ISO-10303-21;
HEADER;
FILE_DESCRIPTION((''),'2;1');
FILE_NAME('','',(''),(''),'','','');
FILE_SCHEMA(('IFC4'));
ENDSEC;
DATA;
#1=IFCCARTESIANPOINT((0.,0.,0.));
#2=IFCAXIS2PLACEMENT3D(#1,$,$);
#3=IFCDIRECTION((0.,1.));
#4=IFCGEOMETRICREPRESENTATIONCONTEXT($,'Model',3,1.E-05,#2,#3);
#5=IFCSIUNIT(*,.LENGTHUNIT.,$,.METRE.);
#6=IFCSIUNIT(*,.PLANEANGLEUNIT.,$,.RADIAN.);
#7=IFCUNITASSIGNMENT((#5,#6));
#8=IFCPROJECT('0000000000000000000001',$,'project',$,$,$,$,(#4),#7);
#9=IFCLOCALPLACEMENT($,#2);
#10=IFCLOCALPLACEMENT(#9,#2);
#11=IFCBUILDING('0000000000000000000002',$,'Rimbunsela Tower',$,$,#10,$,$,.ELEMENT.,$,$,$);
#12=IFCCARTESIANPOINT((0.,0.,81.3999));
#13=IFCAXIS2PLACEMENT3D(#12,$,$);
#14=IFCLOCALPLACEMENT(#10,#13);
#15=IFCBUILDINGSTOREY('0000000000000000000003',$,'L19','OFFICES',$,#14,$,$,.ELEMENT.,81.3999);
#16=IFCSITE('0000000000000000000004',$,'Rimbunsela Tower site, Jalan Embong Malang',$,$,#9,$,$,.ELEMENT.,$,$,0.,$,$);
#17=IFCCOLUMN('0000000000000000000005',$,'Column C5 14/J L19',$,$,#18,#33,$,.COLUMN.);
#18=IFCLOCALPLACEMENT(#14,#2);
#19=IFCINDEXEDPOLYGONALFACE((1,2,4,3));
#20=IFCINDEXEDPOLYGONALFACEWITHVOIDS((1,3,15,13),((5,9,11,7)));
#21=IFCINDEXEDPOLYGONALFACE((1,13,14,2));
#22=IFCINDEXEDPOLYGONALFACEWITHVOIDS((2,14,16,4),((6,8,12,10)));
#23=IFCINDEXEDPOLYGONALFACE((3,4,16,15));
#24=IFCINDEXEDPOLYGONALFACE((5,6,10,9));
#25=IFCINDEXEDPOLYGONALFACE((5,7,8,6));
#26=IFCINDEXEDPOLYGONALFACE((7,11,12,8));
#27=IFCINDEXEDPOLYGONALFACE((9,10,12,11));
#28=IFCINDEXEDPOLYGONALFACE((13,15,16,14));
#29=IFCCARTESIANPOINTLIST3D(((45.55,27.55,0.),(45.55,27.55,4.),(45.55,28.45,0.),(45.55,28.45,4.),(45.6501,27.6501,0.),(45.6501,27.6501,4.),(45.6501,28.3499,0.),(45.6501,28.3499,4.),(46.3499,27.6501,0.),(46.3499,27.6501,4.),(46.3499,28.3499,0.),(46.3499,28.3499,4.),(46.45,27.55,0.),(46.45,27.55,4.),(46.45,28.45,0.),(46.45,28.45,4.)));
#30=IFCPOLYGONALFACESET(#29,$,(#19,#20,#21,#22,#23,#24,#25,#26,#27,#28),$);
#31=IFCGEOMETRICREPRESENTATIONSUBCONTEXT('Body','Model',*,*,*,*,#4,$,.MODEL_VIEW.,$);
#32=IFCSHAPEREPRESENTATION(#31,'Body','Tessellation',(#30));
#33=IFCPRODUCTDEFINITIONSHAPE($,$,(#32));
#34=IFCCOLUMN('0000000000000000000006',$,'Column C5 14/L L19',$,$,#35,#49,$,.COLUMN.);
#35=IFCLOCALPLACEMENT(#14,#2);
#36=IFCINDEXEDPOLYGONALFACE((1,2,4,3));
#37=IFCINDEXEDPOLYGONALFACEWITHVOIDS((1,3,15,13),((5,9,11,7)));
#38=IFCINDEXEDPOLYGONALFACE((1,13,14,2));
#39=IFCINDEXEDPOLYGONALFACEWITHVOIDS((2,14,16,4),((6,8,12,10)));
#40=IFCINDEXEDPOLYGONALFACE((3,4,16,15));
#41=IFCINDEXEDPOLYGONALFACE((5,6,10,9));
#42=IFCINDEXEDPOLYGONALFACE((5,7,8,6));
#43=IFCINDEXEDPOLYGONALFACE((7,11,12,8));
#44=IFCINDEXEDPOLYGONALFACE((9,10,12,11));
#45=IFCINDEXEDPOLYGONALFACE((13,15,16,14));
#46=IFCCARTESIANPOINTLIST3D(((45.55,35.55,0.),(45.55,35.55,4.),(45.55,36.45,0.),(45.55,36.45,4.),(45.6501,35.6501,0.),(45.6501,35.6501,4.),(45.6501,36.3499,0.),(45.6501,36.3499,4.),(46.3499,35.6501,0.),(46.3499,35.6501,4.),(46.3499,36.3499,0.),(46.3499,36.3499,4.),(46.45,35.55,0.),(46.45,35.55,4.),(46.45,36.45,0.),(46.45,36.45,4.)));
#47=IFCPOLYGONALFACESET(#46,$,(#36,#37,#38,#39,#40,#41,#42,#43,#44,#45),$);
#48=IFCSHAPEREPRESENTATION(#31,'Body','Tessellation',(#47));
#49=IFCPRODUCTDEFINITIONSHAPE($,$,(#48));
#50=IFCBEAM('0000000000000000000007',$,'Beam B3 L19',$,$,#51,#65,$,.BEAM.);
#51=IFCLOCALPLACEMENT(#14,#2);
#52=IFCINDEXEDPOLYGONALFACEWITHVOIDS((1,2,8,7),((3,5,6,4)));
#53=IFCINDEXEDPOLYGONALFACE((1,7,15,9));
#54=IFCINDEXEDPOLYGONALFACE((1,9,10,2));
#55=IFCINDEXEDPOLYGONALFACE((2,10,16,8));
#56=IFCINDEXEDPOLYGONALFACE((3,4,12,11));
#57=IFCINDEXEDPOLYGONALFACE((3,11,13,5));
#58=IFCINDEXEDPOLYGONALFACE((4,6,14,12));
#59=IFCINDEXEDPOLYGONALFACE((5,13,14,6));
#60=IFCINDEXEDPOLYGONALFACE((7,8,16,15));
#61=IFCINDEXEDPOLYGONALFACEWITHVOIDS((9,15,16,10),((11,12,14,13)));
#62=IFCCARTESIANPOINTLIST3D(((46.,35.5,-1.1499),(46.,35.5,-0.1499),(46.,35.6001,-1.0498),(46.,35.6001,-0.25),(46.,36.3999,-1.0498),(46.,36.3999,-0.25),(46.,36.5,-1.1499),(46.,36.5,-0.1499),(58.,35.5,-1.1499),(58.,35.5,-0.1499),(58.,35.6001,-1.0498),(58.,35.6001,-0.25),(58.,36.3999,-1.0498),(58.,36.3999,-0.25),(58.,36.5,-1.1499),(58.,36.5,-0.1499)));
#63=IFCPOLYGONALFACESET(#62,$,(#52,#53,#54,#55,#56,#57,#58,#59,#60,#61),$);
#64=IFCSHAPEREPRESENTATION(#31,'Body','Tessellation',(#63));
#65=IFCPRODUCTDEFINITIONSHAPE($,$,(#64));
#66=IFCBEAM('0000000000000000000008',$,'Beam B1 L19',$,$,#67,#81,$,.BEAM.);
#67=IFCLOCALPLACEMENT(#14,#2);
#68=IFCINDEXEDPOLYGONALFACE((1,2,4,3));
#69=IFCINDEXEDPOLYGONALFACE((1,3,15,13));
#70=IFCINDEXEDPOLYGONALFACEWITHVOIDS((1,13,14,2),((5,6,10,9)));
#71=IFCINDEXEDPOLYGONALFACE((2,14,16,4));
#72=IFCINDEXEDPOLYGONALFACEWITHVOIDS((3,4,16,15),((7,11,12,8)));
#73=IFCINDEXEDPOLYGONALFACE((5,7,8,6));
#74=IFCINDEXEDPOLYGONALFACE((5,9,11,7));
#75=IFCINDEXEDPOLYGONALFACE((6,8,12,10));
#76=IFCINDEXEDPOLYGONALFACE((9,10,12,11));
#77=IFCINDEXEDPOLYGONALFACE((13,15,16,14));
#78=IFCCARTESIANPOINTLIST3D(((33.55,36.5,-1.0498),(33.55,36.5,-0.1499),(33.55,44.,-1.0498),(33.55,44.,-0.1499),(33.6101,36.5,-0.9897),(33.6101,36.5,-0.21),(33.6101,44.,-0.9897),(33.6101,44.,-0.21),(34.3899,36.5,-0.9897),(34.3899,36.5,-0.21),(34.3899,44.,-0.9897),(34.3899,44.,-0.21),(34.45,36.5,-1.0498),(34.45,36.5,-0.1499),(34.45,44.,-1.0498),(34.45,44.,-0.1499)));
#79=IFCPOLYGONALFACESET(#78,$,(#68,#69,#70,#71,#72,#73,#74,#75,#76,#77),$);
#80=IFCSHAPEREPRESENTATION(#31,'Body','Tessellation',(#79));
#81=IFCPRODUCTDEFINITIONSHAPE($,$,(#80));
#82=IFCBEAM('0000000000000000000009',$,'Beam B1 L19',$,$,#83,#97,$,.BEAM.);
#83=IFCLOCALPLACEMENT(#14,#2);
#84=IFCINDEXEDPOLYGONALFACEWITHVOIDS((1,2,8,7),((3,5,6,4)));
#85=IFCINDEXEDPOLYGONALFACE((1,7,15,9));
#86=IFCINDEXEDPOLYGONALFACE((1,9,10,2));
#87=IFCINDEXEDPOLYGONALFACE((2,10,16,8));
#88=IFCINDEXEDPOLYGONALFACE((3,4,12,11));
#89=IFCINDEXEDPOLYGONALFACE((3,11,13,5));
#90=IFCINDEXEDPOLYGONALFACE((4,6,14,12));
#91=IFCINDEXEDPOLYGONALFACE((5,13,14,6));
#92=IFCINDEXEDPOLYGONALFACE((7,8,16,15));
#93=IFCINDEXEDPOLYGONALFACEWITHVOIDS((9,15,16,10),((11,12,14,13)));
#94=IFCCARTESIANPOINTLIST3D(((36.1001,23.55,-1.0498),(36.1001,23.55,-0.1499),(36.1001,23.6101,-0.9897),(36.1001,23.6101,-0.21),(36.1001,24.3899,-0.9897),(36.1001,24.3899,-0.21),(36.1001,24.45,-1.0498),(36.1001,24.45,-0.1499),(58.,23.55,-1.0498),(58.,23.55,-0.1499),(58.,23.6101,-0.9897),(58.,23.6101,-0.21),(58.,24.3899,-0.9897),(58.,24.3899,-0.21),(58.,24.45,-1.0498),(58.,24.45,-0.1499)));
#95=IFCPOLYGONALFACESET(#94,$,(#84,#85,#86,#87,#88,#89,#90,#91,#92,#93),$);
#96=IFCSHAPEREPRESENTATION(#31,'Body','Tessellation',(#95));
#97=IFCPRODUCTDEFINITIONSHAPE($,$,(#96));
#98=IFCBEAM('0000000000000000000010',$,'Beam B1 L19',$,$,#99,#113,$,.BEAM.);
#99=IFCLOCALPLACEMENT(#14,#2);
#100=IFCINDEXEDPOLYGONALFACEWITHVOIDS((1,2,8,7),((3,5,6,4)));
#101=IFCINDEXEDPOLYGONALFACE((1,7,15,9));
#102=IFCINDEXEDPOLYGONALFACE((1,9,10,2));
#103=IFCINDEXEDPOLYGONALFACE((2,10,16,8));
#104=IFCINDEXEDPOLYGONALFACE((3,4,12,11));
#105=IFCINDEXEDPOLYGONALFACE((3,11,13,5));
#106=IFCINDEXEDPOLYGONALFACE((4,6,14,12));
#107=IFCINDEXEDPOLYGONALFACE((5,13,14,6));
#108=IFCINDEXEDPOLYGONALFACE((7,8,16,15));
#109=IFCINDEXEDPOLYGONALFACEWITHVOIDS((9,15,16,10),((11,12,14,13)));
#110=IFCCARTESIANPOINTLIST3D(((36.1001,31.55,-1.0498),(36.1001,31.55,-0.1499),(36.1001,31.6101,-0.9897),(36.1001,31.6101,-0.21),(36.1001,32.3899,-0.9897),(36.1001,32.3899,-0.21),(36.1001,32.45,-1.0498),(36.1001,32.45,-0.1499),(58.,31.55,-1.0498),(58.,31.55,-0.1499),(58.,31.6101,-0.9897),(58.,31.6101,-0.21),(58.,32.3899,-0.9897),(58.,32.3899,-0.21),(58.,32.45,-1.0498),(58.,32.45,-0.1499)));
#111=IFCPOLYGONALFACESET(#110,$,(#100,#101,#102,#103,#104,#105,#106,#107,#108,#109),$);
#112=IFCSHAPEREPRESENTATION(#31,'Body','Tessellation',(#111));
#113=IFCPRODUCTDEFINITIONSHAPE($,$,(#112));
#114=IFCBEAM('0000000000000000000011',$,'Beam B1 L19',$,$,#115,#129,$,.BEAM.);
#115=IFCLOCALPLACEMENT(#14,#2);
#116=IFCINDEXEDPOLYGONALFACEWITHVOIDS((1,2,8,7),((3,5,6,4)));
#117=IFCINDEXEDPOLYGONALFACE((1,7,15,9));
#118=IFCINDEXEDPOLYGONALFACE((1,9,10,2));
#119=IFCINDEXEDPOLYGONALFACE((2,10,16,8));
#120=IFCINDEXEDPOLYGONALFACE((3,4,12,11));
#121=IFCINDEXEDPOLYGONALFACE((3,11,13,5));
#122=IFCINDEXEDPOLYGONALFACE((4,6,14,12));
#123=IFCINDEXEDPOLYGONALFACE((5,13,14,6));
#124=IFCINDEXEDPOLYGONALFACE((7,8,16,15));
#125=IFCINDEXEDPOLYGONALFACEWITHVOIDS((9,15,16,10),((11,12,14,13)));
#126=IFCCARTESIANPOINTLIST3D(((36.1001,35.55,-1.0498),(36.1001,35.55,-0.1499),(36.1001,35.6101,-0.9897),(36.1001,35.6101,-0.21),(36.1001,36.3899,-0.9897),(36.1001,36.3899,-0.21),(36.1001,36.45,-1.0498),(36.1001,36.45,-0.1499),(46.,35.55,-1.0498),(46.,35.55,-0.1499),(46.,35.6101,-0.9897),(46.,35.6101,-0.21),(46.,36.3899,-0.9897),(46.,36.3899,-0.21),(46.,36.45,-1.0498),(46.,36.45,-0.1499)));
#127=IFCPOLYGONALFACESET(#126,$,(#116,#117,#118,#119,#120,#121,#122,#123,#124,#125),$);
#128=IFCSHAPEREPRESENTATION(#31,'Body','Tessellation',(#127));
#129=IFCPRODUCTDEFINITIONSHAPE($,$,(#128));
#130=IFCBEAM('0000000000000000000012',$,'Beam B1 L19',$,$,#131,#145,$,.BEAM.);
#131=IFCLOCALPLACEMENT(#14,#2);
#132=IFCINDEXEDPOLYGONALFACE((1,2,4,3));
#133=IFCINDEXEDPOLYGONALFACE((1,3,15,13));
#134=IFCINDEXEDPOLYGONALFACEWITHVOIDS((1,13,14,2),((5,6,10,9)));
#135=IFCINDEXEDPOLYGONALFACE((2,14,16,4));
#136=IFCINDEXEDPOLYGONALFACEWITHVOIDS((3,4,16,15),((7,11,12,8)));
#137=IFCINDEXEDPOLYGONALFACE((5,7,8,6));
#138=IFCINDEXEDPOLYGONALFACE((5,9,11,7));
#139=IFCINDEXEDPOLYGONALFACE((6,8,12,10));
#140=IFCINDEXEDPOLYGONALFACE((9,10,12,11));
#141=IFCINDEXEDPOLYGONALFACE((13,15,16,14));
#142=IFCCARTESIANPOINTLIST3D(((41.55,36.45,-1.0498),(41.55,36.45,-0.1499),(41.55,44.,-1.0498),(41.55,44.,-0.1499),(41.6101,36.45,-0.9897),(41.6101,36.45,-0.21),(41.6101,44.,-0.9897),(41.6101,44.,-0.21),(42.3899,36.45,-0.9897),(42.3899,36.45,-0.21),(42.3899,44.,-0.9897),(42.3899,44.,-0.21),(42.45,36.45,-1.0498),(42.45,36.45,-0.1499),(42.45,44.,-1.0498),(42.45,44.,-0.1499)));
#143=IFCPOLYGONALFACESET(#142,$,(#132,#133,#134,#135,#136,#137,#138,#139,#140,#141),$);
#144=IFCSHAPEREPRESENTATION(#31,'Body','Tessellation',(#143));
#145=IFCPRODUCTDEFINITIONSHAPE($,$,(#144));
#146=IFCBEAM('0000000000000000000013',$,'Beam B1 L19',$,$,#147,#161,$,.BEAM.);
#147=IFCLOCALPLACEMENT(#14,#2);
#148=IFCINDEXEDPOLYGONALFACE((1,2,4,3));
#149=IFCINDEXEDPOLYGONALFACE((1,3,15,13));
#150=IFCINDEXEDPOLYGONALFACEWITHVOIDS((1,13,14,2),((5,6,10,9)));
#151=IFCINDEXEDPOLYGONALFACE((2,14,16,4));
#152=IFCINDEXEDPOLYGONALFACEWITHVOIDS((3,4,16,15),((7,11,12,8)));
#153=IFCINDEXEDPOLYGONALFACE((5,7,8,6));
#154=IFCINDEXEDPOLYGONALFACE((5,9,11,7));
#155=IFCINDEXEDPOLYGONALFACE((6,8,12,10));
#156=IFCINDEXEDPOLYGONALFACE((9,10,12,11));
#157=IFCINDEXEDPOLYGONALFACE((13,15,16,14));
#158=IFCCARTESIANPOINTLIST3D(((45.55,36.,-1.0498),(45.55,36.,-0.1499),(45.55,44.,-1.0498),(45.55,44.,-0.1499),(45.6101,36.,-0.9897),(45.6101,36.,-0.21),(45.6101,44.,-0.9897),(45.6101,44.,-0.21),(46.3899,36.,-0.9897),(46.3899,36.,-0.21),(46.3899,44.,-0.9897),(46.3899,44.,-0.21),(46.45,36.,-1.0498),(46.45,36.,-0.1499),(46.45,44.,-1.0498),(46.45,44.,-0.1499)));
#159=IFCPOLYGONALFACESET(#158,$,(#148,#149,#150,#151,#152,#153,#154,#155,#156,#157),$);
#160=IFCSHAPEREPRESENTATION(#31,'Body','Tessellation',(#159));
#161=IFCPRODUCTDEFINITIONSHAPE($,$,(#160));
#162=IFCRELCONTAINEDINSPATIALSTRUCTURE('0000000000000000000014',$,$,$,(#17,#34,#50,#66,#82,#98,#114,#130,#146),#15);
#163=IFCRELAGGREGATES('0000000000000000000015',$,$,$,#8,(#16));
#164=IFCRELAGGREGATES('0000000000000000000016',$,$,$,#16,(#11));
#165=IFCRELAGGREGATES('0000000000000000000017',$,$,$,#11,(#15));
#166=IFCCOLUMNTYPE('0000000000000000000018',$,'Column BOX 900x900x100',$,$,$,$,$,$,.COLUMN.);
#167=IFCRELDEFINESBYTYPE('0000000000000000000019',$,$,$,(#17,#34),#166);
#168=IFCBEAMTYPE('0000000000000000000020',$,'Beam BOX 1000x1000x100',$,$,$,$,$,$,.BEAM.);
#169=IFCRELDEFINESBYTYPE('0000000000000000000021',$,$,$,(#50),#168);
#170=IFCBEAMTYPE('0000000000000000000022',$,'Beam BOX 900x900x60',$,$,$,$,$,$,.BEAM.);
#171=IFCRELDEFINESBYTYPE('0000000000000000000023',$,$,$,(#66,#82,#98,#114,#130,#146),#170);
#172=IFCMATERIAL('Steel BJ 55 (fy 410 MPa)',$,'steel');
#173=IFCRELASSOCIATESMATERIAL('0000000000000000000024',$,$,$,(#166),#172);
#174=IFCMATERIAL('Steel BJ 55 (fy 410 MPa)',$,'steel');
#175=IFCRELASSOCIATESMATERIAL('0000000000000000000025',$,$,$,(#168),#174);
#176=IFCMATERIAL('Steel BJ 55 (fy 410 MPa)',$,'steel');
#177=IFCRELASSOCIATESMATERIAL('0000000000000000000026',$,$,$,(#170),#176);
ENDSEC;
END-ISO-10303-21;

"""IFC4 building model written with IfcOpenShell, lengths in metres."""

from ifc_helpers import new_model, si_unit, direction, frame, origin, origin_2d, place, context, subcontext, project, spatial, hollow_rectangle, extrude, material, material_profile, profile_set, type_object, element, save


model = new_model("IFC4")

# Units and contexts
model_context = context("Model", 3, precision=1e-05, world=origin(), true_north=direction((0.0, 1.0)))
body_context = subcontext(model_context, "Body", "Model", "MODEL_VIEW")
ifc_project = project(units=[si_unit("LENGTHUNIT", "METRE"), si_unit("PLANEANGLEUNIT", "RADIAN")], contexts=[model_context])

# Site, building, storey
site_placement = place(None, origin())
site = spatial("IfcSite", under=ifc_project, at=site_placement, Name="Rimbunsela Tower site, Jalan Embong Malang", CompositionType="ELEMENT", RefElevation=0.0)
building_placement = place(site_placement, origin())
building = spatial("IfcBuilding", under=site, at=building_placement, Name="Rimbunsela Tower", CompositionType="ELEMENT")
storey_placement = place(building_placement, frame((0.0, 0.0, 81.3999)))
storey = spatial("IfcBuildingStorey", under=building, at=storey_placement, Name="L19", Description="OFFICES", CompositionType="ELEMENT", Elevation=81.3999)

# Columns
ifc_material_1 = material(Name="Steel BJ 55 (fy 410 MPa)", Category="steel")
ifc_material_profile_1 = material_profile(ifc_material_1, hollow_rectangle(XDim=0.8999, YDim=0.8999, WallThickness=0.1001, at=origin_2d()), Name="BOX 900x900x100")
ifc_profile_set_1 = profile_set([ifc_material_profile_1], Name="Steel BJ 55 (fy 410 MPa)")
column_type = type_object("IfcColumnType", Name="Column BOX 900x900x100", PredefinedType="COLUMN", material=ifc_profile_set_1)
for number, where, z_axis, x_axis, name in (
    (1, (46.0, 28.0, 0.0), (0.0, 0.0, 1.0), (1.0, 0.0, 0.0), "Column C5 14/J L19"),
    (2, (46.0, 36.0, 0.0), (0.0, 0.0, 1.0), (1.0, 0.0, 0.0), "Column C5 14/L L19"),
):
    element("IfcColumn", number, at=place(storey_placement, frame(where, z_axis=z_axis, x_axis=x_axis)), inside=storey, type_object=column_type, Name=name, PredefinedType="COLUMN", context=body_context, shape_type="SweptSolid", body=[
        extrude(hollow_rectangle(XDim=0.8999, YDim=0.8999, WallThickness=0.1001, at=origin_2d()), origin(), (0.0, 0.0, 1.0), 4.0),
    ])

# Beams
ifc_material_2 = material(Name="Steel BJ 55 (fy 410 MPa)", Category="steel")
ifc_material_profile_2 = material_profile(ifc_material_2, hollow_rectangle(XDim=1.0, YDim=1.0, WallThickness=0.1001, at=origin_2d()), Name="BOX 1000x1000x100")
ifc_profile_set_2 = profile_set([ifc_material_profile_2], Name="Steel BJ 55 (fy 410 MPa)")
beam_type_1 = type_object("IfcBeamType", Name="Beam BOX 1000x1000x100", PredefinedType="BEAM", material=ifc_profile_set_2)
beam_1_placement = place(storey_placement, frame((46.0, 36.0, -0.6499), z_axis=(1.0, 0.0, 0.0), x_axis=(0.0, 1.0, 0.0)))
element("IfcBeam", 3, at=beam_1_placement, inside=storey, type_object=beam_type_1, Name="Beam B3 L19", PredefinedType="BEAM", context=body_context, shape_type="SweptSolid", body=[
    extrude(hollow_rectangle(XDim=1.0, YDim=1.0, WallThickness=0.1001, at=origin_2d()), origin(), (0.0, 0.0, 1.0), 12.0),
])
ifc_material_3 = material(Name="Steel BJ 55 (fy 410 MPa)", Category="steel")
ifc_material_profile_3 = material_profile(ifc_material_3, hollow_rectangle(XDim=0.8999, YDim=0.8999, WallThickness=0.0601, at=origin_2d()), Name="BOX 900x900x60")
ifc_profile_set_3 = profile_set([ifc_material_profile_3], Name="Steel BJ 55 (fy 410 MPa)")
beam_type_2 = type_object("IfcBeamType", Name="Beam BOX 900x900x60", PredefinedType="BEAM", material=ifc_profile_set_3)
beam_2_placement = place(storey_placement, frame((34.0, 36.5, -0.5999), z_axis=(0.0, 1.0, 0.0), x_axis=(-1.0, 0.0, 0.0)))
element("IfcBeam", 4, at=beam_2_placement, inside=storey, type_object=beam_type_2, Name="Beam B1 L19", PredefinedType="BEAM", context=body_context, shape_type="SweptSolid", body=[
    extrude(hollow_rectangle(XDim=0.8999, YDim=0.8999, WallThickness=0.0601, at=origin_2d()), origin(), (0.0, 0.0, 1.0), 7.5),
])
for number, where, z_axis, x_axis, name in (
    (5, (36.1001, 24.0, -0.5999), (1.0, 0.0, 0.0), (0.0, 1.0, 0.0), "Beam B1 L19"),
    (6, (36.1001, 32.0, -0.5999), (1.0, 0.0, 0.0), (0.0, 1.0, 0.0), "Beam B1 L19"),
):
    element("IfcBeam", number, at=place(storey_placement, frame(where, z_axis=z_axis, x_axis=x_axis)), inside=storey, type_object=beam_type_2, Name=name, PredefinedType="BEAM", context=body_context, shape_type="SweptSolid", body=[
        extrude(hollow_rectangle(XDim=0.8999, YDim=0.8999, WallThickness=0.0601, at=origin_2d()), origin(), (0.0, 0.0, 1.0), 21.8999),
    ])
beam_3_placement = place(storey_placement, frame((36.1001, 36.0, -0.5999), z_axis=(1.0, 0.0, 0.0), x_axis=(0.0, 1.0, 0.0)))
element("IfcBeam", 7, at=beam_3_placement, inside=storey, type_object=beam_type_2, Name="Beam B1 L19", PredefinedType="BEAM", context=body_context, shape_type="SweptSolid", body=[
    extrude(hollow_rectangle(XDim=0.8999, YDim=0.8999, WallThickness=0.0601, at=origin_2d()), origin(), (0.0, 0.0, 1.0), 9.8999),
])
beam_4_placement = place(storey_placement, frame((42.0, 36.45, -0.5999), z_axis=(0.0, 1.0, 0.0), x_axis=(-1.0, 0.0, 0.0)))
element("IfcBeam", 8, at=beam_4_placement, inside=storey, type_object=beam_type_2, Name="Beam B1 L19", PredefinedType="BEAM", context=body_context, shape_type="SweptSolid", body=[
    extrude(hollow_rectangle(XDim=0.8999, YDim=0.8999, WallThickness=0.0601, at=origin_2d()), origin(), (0.0, 0.0, 1.0), 7.55),
])
beam_5_placement = place(storey_placement, frame((46.0, 36.0, -0.5999), z_axis=(0.0, 1.0, 0.0), x_axis=(-1.0, 0.0, 0.0)))
element("IfcBeam", 9, at=beam_5_placement, inside=storey, type_object=beam_type_2, Name="Beam B1 L19", PredefinedType="BEAM", context=body_context, shape_type="SweptSolid", body=[
    extrude(hollow_rectangle(XDim=0.8999, YDim=0.8999, WallThickness=0.0601, at=origin_2d()), origin(), (0.0, 0.0, 1.0), 8.0),
])

save(model, "model.ifc")
